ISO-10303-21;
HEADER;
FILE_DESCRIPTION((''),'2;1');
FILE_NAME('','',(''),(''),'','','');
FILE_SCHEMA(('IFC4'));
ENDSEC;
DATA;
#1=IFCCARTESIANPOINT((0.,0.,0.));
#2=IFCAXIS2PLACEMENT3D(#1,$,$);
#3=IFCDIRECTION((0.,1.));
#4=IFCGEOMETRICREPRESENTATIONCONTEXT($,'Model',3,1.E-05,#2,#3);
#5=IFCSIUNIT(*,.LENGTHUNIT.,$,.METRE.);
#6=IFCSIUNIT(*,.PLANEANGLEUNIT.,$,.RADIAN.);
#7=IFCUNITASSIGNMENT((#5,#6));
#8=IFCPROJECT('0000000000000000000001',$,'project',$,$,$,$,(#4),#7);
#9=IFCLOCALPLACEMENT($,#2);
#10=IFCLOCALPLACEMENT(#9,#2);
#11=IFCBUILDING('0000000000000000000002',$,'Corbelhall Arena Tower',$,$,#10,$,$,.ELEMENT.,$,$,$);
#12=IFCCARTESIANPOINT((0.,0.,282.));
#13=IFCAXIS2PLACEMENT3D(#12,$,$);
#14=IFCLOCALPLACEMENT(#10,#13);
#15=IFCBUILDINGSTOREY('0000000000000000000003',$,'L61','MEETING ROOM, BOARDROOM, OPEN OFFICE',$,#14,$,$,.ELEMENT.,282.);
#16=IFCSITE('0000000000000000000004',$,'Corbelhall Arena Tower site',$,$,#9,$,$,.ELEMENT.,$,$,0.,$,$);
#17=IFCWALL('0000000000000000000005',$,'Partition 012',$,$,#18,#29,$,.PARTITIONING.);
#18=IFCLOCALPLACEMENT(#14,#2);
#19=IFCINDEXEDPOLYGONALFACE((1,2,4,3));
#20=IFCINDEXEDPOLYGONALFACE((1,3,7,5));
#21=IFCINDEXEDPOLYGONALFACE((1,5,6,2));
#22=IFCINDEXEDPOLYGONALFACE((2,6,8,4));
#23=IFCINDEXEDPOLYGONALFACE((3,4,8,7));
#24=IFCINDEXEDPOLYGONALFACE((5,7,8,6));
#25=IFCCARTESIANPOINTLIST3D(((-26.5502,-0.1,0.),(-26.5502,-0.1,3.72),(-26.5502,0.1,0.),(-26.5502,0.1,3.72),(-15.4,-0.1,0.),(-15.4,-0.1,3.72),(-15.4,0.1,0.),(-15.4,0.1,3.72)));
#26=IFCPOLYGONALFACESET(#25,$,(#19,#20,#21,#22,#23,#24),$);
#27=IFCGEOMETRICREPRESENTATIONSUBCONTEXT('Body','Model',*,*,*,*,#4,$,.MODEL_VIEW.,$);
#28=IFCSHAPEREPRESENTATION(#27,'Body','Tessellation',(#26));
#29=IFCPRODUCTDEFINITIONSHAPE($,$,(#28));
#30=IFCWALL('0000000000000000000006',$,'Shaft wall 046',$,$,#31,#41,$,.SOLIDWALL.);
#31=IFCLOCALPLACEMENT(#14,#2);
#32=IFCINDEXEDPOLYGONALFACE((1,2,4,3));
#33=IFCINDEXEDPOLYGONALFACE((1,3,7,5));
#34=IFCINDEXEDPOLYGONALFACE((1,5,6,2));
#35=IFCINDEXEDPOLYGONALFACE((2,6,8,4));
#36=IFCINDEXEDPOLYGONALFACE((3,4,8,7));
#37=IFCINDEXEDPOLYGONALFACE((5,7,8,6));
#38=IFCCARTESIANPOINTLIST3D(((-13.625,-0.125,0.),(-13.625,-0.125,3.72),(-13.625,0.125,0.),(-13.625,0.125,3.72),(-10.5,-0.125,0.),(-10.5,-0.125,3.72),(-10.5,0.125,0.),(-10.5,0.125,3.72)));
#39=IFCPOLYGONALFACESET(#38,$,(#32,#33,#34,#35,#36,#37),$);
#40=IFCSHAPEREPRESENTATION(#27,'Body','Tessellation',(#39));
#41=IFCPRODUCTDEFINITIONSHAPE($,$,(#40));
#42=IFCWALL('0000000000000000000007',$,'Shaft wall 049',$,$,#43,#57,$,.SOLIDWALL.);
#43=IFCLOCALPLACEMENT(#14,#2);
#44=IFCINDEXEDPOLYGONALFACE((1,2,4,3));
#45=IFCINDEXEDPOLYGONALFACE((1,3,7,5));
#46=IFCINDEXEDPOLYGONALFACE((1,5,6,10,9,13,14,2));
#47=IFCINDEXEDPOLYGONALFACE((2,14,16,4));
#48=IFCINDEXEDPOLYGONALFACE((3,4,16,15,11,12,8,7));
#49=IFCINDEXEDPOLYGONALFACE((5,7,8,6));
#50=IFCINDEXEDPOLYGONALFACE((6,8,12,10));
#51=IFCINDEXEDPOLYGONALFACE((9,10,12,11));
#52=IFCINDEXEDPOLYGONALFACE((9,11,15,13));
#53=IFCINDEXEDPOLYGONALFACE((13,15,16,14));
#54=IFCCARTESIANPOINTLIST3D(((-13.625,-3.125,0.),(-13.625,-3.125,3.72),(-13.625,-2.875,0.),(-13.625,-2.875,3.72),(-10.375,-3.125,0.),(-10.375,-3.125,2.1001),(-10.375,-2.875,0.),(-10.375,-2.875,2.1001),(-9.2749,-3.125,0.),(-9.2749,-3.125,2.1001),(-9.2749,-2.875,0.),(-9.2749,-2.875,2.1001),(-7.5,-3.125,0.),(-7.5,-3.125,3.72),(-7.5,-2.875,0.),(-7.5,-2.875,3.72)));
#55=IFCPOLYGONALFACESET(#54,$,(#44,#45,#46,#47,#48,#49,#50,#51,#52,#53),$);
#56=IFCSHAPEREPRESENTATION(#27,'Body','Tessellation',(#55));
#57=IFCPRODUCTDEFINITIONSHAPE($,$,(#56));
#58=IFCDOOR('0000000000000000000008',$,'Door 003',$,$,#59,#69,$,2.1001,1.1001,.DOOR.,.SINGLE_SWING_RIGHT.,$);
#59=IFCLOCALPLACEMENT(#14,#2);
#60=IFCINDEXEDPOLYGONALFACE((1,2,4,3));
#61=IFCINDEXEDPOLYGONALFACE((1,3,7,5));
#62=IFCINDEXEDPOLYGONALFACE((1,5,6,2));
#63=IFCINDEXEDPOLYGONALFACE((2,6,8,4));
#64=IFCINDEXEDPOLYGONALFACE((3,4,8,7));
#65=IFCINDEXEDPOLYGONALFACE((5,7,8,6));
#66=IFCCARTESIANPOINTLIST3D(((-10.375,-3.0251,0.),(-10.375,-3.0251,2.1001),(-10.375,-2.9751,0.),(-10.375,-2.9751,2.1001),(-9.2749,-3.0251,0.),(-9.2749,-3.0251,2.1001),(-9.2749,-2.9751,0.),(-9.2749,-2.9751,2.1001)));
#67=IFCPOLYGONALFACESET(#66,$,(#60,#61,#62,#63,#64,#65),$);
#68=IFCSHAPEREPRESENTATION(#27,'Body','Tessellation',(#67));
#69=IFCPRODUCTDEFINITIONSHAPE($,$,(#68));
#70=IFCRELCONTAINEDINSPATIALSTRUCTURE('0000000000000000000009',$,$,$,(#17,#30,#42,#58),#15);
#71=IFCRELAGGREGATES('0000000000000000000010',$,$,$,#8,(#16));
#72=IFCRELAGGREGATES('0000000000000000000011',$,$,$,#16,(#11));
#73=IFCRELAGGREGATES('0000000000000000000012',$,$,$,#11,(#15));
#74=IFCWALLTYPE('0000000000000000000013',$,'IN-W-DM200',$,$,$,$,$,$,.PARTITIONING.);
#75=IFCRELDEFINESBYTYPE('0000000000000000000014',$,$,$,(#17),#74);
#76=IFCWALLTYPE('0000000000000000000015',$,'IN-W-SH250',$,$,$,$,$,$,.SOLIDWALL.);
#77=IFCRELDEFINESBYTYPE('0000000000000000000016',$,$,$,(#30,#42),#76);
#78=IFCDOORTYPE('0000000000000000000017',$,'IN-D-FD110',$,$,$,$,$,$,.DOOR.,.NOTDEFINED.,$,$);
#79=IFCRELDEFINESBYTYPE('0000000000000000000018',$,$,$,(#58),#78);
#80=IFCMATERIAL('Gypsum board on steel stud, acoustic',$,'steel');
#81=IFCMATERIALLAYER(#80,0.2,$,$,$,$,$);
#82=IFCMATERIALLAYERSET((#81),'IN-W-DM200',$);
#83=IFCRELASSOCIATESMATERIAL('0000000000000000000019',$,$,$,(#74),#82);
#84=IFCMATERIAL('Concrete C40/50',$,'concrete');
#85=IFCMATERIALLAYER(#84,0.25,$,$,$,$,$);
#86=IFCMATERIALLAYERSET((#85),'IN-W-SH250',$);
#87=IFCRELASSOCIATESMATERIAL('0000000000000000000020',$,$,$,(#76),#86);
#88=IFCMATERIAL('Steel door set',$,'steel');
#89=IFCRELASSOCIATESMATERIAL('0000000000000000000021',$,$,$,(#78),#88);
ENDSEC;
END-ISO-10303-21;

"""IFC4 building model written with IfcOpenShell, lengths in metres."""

from ifc_helpers import new_model, si_unit, direction, frame, frame_2d, origin, place, context, subcontext, project, spatial, rectangle, extrude, material, layer, layer_set, type_object, element, fill, save


model = new_model("IFC4")

# Units and contexts
model_context = context("Model", 3, precision=1e-05, world=origin(), true_north=direction((0.0, 1.0)))
body_context = subcontext(model_context, "Body", "Model", "MODEL_VIEW")
ifc_project = project(units=[si_unit("LENGTHUNIT", "METRE"), si_unit("PLANEANGLEUNIT", "RADIAN")], contexts=[model_context])

# Site, building, storey
site_placement = place(None, origin())
site = spatial("IfcSite", under=ifc_project, at=site_placement, Name="Corbelhall Arena Tower site", CompositionType="ELEMENT", RefElevation=0.0)
building_placement = place(site_placement, origin())
building = spatial("IfcBuilding", under=site, at=building_placement, Name="Corbelhall Arena Tower", CompositionType="ELEMENT")
storey_placement = place(building_placement, frame((0.0, 0.0, 282.0)))
storey = spatial("IfcBuildingStorey", under=building, at=storey_placement, Name="L61", Description="MEETING ROOM, BOARDROOM, OPEN OFFICE", CompositionType="ELEMENT", Elevation=282.0)

# Shared definitions
ifc_material_1 = material(Name="Gypsum board on steel stud, acoustic", Category="steel")
ifc_layer_1 = layer(ifc_material_1, 0.2)
ifc_layer_set_1 = layer_set([ifc_layer_1], Name="IN-W-DM200")
wall_type_1 = type_object("IfcWallType", Name="IN-W-DM200", PredefinedType="PARTITIONING", material=ifc_layer_set_1)

# Shared definitions
ifc_material_2 = material(Name="Steel door set", Category="steel")

# Walls
wall_1_placement = place(storey_placement, frame((-15.3999, 0.0, 0.0), z_axis=(0.0, 0.0, 1.0), x_axis=(-1.0, 0.0, 0.0)))
element("IfcWall", 1, at=wall_1_placement, inside=storey, type_object=wall_type_1, Name="Partition 012", PredefinedType="PARTITIONING", context=body_context, shape_type="SweptSolid", body=[
    extrude(rectangle(XDim=11.1501, YDim=0.2, at=frame_2d((5.5752, 0.0))), origin(), (0.0, 0.0, 1.0), 3.72),
])
ifc_material_3 = material(Name="Concrete C40/50", Category="concrete")
ifc_layer_2 = layer(ifc_material_3, 0.25)
ifc_layer_set_2 = layer_set([ifc_layer_2], Name="IN-W-SH250")
wall_type_2 = type_object("IfcWallType", Name="IN-W-SH250", PredefinedType="SOLIDWALL", material=ifc_layer_set_2)
wall_2_placement = place(storey_placement, frame((-13.625, 0.0, 0.0), z_axis=(0.0, 0.0, 1.0), x_axis=(1.0, 0.0, 0.0)))
element("IfcWall", 2, at=wall_2_placement, inside=storey, type_object=wall_type_2, Name="Shaft wall 046", PredefinedType="SOLIDWALL", context=body_context, shape_type="SweptSolid", body=[
    extrude(rectangle(XDim=3.125, YDim=0.25, at=frame_2d((1.5625, 0.0))), origin(), (0.0, 0.0, 1.0), 3.72),
])

# Wall, opening, door
wall_3_placement = place(storey_placement, frame((-13.625, -3.0, 0.0), z_axis=(0.0, 0.0, 1.0), x_axis=(1.0, 0.0, 0.0)))
wall_3 = element("IfcWall", 3, at=wall_3_placement, inside=storey, type_object=wall_type_2, Name="Shaft wall 049", PredefinedType="SOLIDWALL", context=body_context, shape_type="SweptSolid", body=[
    extrude(rectangle(XDim=6.125, YDim=0.25, at=frame_2d((3.0625, 0.0))), origin(), (0.0, 0.0, 1.0), 3.72),
])
opening_1_placement = place(wall_3_placement, frame((3.25, 0.0, 0.0)))
opening_1 = element("IfcOpeningElement", 4, at=opening_1_placement, cuts=wall_3, PredefinedType="OPENING", context=body_context, shape_type="SweptSolid", body=[
    extrude(rectangle(XDim=1.1001, YDim=2.1001, at=frame_2d((0.55, 1.05))), frame((0.0, 0.125, 0.0), z_axis=(0.0, -1.0, 0.0), x_axis=(1.0, 0.0, 0.0)), (0.0, 0.0, 1.0), 0.25),
])
door_type_1 = type_object("IfcDoorType", Name="IN-D-FD110", OperationType="NOTDEFINED", PredefinedType="DOOR", material=ifc_material_2)
door_1_placement = place(opening_1_placement, origin())
door_1 = element("IfcDoor", 5, at=door_1_placement, inside=storey, type_object=door_type_1, Name="Door 003", OperationType="SINGLE_SWING_RIGHT", OverallHeight=2.1001, OverallWidth=1.1001, PredefinedType="DOOR", context=body_context, shape_type="SweptSolid", body=[
    extrude(rectangle(XDim=1.1001, YDim=2.1001, at=frame_2d((0.55, 1.05))), frame((0.0, 0.0249, 0.0), z_axis=(0.0, -1.0, 0.0), x_axis=(1.0, 0.0, 0.0)), (0.0, 0.0, 1.0), 0.05),
])
fill(opening_1, door_1)

save(model, "model.ifc")
